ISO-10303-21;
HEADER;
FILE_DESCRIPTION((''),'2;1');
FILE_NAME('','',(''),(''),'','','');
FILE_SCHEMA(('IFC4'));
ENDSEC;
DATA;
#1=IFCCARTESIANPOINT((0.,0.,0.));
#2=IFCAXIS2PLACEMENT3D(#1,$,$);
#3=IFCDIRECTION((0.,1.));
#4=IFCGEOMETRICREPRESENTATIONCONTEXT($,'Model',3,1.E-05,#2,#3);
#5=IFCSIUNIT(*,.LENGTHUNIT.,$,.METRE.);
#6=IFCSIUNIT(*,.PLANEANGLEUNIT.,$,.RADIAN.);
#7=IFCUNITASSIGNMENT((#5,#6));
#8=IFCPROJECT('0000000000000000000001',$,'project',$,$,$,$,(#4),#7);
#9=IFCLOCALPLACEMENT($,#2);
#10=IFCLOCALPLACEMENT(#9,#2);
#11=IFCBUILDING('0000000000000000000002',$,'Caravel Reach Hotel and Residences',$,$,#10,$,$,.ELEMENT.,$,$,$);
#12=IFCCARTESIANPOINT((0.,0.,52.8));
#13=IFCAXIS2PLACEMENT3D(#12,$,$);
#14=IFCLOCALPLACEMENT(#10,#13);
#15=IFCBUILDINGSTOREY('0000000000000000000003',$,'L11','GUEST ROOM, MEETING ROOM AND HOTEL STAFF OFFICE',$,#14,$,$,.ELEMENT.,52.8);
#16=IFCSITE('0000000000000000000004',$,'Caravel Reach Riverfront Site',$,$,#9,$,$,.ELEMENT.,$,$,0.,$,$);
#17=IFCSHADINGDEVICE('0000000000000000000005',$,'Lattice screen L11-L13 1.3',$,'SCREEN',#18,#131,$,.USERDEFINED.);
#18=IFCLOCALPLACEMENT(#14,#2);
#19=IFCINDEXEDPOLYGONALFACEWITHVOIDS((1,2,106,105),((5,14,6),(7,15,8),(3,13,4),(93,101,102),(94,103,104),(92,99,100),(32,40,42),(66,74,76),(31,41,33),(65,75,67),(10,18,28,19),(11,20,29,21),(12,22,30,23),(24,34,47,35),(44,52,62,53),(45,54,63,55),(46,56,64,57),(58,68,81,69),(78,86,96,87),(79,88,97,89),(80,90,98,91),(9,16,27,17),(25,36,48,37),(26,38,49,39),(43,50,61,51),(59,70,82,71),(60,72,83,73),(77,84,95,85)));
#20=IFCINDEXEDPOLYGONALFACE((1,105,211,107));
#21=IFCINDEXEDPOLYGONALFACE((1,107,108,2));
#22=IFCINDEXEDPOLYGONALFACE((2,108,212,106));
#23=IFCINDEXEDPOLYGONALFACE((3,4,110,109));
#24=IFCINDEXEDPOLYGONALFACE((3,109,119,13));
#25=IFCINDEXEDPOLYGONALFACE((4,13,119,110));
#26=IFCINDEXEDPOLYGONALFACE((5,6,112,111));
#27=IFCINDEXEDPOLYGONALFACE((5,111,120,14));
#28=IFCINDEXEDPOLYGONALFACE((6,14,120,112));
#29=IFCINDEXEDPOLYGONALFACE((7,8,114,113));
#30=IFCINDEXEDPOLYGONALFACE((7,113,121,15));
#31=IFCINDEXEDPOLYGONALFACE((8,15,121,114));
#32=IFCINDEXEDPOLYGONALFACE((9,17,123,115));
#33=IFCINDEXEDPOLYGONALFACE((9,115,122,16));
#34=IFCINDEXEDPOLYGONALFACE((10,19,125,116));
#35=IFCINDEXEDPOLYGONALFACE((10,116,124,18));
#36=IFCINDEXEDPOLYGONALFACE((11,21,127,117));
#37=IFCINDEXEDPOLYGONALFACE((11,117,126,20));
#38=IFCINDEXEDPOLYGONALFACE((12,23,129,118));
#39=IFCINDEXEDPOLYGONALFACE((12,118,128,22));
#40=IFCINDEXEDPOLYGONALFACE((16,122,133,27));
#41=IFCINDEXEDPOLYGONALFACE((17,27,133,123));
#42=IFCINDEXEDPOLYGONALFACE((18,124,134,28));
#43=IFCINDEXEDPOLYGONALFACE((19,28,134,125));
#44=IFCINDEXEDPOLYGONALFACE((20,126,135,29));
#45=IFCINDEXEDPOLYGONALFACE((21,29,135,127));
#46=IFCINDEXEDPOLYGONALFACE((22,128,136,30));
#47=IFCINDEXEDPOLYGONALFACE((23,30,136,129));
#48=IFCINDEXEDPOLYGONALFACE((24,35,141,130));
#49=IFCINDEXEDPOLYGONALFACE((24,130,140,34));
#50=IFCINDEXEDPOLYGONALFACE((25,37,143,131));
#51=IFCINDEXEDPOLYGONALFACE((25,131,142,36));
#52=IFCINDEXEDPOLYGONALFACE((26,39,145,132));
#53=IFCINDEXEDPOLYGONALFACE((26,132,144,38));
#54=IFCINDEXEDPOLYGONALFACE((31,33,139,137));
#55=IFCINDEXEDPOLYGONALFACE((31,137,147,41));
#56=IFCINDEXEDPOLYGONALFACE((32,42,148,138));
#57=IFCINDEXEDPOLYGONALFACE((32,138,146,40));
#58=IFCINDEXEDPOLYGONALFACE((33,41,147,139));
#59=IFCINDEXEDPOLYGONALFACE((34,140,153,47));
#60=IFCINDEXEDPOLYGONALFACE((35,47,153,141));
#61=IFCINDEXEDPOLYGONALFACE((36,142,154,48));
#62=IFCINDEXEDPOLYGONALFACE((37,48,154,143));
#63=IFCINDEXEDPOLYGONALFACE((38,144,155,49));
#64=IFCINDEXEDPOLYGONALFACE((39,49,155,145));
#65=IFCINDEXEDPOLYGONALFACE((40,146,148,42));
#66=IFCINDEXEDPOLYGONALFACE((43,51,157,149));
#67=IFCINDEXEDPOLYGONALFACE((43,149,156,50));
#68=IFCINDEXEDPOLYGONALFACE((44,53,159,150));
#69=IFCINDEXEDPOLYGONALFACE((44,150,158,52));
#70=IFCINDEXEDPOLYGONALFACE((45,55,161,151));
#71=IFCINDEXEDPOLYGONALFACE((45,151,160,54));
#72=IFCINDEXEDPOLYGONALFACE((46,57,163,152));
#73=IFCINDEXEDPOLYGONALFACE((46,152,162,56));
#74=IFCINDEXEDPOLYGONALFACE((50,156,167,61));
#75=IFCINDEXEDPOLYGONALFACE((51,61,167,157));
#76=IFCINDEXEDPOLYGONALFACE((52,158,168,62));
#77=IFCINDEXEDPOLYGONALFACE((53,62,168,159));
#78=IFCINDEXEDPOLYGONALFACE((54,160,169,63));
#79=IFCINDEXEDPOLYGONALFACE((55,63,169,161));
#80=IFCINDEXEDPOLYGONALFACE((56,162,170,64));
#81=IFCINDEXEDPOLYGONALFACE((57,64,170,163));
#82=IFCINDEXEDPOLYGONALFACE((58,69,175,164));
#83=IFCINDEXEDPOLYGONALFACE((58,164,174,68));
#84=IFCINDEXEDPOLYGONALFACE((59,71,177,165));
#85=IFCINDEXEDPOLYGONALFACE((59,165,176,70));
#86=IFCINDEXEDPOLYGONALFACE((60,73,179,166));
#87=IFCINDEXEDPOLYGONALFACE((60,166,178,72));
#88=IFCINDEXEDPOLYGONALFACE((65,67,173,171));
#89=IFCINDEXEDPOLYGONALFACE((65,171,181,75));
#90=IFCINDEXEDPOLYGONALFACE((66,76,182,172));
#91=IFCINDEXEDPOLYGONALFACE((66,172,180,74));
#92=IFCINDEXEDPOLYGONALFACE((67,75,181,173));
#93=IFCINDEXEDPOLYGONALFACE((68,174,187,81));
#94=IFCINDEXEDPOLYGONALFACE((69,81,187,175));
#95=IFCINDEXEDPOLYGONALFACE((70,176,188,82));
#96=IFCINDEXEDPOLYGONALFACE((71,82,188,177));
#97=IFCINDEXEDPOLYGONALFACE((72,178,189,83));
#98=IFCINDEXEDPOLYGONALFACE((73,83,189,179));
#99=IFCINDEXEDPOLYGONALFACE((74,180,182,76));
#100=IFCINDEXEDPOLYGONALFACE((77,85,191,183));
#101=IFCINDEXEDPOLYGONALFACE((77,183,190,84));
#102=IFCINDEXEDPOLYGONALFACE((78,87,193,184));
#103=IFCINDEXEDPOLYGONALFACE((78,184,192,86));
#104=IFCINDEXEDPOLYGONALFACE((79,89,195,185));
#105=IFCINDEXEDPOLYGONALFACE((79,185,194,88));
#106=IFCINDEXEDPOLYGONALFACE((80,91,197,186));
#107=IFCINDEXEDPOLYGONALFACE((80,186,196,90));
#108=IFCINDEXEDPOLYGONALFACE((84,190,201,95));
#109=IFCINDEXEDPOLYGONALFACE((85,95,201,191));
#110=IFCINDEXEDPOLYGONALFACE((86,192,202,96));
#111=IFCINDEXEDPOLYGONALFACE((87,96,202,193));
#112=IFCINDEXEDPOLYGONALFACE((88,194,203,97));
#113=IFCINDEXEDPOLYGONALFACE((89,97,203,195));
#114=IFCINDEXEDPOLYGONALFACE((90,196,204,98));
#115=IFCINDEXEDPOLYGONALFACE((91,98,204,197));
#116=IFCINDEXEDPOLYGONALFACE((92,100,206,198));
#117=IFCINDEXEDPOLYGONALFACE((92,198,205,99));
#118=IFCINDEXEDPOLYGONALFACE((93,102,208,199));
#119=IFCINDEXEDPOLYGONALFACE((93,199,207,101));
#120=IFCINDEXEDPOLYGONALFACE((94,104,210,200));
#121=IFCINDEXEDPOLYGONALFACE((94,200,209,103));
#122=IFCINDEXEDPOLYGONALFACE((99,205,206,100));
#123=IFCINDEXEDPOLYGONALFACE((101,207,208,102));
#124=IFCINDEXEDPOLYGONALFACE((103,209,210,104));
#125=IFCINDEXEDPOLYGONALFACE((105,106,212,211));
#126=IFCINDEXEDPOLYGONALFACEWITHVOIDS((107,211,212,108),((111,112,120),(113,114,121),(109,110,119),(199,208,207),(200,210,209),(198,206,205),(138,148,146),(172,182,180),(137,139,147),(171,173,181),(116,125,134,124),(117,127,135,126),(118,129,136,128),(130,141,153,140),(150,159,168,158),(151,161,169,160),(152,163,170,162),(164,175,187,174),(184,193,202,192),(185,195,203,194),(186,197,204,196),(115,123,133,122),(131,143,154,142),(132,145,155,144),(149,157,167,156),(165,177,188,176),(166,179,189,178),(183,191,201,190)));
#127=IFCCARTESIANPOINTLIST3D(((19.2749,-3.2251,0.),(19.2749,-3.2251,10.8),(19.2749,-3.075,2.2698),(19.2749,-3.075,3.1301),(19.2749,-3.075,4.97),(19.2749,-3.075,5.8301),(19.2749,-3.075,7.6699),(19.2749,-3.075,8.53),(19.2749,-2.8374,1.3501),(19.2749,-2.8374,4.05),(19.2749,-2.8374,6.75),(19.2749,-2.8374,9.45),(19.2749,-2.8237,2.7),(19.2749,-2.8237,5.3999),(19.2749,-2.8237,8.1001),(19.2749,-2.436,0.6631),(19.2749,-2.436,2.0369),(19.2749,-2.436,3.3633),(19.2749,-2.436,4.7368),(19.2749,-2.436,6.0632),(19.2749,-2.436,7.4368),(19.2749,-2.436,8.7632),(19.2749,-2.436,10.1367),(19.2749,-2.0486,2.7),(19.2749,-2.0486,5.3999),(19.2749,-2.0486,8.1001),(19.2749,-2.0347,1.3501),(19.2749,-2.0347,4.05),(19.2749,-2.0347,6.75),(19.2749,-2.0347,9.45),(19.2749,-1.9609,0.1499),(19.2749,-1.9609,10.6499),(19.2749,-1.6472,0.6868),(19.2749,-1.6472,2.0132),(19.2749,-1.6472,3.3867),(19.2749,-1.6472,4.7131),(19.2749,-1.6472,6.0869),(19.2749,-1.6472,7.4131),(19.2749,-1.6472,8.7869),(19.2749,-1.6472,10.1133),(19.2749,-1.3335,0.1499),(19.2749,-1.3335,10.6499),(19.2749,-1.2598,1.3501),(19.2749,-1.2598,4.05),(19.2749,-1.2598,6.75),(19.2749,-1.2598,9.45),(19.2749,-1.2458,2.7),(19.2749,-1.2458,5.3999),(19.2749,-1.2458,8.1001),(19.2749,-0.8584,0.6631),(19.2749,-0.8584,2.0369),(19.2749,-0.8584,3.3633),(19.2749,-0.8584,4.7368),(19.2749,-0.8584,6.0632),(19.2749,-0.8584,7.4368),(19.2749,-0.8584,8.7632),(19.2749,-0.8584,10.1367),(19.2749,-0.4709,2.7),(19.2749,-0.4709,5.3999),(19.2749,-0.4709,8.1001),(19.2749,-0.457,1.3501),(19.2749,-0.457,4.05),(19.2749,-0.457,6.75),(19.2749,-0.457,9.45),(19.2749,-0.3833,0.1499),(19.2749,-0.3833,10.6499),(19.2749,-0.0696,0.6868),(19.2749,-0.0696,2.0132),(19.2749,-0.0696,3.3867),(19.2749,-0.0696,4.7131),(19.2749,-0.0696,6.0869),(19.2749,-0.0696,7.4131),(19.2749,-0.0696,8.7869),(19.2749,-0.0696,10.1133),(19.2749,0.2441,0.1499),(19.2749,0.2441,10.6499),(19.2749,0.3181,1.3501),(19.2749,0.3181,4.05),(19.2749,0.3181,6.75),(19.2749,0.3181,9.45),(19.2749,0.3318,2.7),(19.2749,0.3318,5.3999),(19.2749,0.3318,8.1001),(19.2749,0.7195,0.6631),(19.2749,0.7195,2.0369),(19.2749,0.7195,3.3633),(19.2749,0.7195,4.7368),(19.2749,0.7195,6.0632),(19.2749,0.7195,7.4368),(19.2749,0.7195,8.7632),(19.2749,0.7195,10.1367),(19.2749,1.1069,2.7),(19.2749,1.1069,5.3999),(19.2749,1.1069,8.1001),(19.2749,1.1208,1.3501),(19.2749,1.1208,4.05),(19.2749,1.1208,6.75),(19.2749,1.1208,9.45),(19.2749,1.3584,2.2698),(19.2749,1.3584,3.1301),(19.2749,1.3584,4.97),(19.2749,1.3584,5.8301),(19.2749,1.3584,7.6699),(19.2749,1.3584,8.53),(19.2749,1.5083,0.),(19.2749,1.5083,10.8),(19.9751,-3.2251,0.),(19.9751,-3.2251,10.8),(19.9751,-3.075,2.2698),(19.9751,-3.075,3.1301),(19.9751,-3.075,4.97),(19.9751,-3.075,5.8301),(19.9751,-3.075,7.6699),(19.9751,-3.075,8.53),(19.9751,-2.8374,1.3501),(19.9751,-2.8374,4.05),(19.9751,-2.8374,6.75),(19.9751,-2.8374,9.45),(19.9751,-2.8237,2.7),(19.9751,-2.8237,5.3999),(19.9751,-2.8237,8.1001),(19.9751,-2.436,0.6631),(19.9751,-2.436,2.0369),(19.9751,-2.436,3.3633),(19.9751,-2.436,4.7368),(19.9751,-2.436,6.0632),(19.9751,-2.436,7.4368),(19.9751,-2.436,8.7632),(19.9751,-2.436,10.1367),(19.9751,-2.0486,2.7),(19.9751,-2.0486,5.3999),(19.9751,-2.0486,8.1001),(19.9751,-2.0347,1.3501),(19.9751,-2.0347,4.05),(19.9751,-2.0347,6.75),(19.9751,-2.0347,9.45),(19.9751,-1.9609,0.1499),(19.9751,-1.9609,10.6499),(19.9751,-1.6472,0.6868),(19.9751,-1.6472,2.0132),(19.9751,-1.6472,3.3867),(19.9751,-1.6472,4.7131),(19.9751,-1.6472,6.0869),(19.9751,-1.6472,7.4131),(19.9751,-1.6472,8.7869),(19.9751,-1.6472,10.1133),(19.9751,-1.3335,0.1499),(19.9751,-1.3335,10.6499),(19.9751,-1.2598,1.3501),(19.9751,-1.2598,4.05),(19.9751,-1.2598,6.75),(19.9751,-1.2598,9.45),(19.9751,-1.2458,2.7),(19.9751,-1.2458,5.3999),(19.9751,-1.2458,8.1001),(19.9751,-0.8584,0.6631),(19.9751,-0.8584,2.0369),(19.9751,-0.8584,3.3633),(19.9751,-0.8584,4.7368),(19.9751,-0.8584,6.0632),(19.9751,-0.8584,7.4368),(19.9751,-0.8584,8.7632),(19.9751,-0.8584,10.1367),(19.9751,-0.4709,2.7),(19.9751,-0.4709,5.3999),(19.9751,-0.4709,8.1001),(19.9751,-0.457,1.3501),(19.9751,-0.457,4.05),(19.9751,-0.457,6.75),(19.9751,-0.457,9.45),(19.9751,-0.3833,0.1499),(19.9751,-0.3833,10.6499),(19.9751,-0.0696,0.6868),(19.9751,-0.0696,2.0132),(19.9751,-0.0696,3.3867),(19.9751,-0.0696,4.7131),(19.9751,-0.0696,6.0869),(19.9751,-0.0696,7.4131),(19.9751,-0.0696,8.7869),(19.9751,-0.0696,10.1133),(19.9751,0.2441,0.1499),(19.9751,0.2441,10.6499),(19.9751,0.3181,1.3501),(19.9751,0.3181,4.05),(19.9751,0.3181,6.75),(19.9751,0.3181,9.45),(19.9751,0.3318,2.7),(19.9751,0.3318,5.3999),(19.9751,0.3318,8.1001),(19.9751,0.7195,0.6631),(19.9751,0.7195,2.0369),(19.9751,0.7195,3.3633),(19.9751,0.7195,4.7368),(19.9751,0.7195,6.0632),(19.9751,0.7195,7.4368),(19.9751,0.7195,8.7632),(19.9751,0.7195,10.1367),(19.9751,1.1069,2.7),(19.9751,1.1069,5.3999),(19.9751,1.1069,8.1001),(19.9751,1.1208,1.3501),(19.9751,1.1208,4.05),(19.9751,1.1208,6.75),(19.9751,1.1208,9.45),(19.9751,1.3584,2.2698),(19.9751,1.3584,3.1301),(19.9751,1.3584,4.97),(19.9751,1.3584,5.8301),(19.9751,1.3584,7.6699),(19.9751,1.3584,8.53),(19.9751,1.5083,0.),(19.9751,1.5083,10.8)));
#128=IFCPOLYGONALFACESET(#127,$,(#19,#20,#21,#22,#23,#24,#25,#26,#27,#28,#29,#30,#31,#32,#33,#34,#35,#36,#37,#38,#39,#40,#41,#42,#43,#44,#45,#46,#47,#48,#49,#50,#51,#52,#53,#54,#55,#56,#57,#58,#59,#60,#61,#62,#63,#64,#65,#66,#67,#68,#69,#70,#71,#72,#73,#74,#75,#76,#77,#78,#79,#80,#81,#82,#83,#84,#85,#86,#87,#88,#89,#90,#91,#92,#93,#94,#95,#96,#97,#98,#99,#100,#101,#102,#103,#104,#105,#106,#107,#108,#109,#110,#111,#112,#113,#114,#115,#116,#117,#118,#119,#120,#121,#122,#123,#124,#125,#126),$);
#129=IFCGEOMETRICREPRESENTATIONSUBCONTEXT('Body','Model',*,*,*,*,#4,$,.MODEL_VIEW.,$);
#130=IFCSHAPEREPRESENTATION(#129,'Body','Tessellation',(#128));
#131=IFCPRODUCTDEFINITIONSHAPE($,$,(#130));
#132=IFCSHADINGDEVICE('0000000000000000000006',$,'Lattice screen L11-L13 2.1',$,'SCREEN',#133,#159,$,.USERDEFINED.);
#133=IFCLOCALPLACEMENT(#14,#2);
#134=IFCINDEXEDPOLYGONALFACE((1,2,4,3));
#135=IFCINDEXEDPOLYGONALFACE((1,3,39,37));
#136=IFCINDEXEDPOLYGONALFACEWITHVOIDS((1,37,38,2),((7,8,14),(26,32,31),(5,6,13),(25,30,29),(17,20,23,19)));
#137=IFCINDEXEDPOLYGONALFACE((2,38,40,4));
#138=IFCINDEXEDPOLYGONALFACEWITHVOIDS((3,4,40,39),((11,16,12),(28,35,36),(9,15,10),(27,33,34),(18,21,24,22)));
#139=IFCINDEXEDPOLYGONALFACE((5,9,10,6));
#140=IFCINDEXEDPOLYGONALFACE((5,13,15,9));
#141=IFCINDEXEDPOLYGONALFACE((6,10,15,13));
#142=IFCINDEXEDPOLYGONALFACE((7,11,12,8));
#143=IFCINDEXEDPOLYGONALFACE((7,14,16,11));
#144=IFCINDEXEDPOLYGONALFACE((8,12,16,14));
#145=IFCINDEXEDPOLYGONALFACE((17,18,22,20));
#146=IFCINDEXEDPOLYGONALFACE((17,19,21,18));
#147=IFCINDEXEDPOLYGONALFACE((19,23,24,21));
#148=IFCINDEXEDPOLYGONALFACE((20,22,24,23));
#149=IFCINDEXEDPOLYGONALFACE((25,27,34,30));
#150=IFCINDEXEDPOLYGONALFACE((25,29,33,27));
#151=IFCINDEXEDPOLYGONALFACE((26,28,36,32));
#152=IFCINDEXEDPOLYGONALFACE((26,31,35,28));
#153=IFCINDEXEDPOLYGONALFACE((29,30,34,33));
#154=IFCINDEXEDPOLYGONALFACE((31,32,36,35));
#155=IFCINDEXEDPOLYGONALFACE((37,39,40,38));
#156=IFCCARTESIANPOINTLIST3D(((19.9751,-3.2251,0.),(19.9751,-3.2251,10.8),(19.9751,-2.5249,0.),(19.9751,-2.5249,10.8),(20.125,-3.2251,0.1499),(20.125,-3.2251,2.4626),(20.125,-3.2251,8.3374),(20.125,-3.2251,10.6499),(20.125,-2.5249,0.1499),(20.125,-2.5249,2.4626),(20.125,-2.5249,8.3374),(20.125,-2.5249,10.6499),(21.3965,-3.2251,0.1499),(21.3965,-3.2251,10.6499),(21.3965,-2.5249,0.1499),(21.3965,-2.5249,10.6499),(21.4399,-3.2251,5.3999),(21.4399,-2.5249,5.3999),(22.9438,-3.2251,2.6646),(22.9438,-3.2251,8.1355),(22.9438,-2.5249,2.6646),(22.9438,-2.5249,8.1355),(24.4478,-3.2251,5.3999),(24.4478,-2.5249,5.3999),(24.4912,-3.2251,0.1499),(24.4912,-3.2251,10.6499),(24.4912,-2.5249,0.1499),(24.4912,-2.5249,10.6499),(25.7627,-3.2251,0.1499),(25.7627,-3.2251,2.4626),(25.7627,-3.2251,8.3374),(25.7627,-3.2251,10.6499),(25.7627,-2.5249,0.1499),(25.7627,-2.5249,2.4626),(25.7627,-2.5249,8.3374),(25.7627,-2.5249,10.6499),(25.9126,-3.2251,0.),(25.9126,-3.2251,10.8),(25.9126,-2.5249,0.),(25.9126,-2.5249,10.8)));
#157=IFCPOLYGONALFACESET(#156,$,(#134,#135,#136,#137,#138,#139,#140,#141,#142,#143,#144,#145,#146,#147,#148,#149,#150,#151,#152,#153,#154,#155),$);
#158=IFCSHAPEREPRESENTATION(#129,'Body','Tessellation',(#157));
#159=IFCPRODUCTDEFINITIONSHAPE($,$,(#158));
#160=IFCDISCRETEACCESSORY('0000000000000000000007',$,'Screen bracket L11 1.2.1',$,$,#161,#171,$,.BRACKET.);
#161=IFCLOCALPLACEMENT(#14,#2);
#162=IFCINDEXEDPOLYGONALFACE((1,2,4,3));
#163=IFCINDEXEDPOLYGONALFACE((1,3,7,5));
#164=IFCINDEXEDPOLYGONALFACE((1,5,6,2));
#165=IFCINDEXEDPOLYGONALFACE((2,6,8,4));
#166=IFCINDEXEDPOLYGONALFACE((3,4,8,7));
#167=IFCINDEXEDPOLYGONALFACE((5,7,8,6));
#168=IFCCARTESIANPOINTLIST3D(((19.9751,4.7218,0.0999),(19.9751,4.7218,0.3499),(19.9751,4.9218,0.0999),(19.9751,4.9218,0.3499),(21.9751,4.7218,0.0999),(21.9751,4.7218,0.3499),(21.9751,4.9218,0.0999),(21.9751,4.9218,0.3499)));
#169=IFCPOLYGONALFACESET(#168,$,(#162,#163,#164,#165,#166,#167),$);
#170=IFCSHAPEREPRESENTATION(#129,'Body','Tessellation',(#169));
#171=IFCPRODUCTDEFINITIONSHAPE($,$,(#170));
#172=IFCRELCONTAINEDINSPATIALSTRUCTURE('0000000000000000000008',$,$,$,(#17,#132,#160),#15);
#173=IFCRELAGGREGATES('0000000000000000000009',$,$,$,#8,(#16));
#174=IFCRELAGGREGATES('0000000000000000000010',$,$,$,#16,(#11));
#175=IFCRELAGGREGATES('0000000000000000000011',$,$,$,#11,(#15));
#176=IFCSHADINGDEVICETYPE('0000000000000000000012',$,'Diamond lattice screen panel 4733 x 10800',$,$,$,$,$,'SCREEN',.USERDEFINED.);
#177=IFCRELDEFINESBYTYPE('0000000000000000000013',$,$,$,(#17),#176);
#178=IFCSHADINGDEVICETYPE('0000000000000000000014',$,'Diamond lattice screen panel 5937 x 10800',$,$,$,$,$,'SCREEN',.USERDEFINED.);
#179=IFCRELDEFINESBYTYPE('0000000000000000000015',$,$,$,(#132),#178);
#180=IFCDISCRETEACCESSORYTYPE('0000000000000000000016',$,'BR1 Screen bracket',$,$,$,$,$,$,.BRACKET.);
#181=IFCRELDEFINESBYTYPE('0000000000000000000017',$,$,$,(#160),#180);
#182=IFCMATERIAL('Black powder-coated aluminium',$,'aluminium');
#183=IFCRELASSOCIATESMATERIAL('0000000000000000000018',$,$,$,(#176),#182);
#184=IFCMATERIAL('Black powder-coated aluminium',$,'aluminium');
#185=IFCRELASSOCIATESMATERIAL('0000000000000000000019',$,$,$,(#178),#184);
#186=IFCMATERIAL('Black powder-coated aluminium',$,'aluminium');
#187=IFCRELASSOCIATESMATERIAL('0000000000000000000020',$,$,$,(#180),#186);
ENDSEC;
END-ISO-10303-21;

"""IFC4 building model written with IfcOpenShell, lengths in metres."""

from ifc_helpers import new_model, si_unit, direction, frame, origin, origin_2d, place, context, subcontext, project, spatial, polyline, rectangle, outline, extrude, material, type_object, element, save


model = new_model("IFC4")

# Units and contexts
model_context = context("Model", 3, precision=1e-05, world=origin(), true_north=direction((0.0, 1.0)))
body_context = subcontext(model_context, "Body", "Model", "MODEL_VIEW")
ifc_project = project(units=[si_unit("LENGTHUNIT", "METRE"), si_unit("PLANEANGLEUNIT", "RADIAN")], contexts=[model_context])

# Site, building, storey
site_placement = place(None, origin())
site = spatial("IfcSite", under=ifc_project, at=site_placement, Name="Caravel Reach Riverfront Site", CompositionType="ELEMENT", RefElevation=0.0)
building_placement = place(site_placement, origin())
building = spatial("IfcBuilding", under=site, at=building_placement, Name="Caravel Reach Hotel and Residences", CompositionType="ELEMENT")
storey_placement = place(building_placement, frame((0.0, 0.0, 52.8)))
storey = spatial("IfcBuildingStorey", under=building, at=storey_placement, Name="L11", Description="GUEST ROOM, MEETING ROOM AND HOTEL STAFF OFFICE", CompositionType="ELEMENT", Elevation=52.8)

# Shading devices
ifc_material_1 = material(Name="Black powder-coated aluminium", Category="aluminium")
shading_device_type_1 = type_object("IfcShadingDeviceType", Name="Diamond lattice screen panel 4733 x 10800", ElementType="SCREEN", PredefinedType="USERDEFINED", material=ifc_material_1)
shading_device_1_placement = place(storey_placement, frame((19.9751, 1.5083, 0.0), z_axis=(-1.0, 0.0, 0.0), x_axis=(0.0, -1.0, 0.0)))
element("IfcShadingDevice", 1, at=shading_device_1_placement, inside=storey, type_object=shading_device_type_1, Name="Lattice screen L11-L13 1.3", ObjectType="SCREEN", PredefinedType="USERDEFINED", context=body_context, shape_type="SweptSolid", body=[
    extrude(outline(polyline([(0.0, 0.0), (4.7334, 0.0), (4.7334, 10.8), (0.0, 10.8), (0.0, 0.0)]), holes=[polyline([(0.4014, 2.7), (0.1499, 3.1301), (0.1499, 2.2698), (0.4014, 2.7)]), polyline([(0.4014, 5.3999), (0.1499, 5.8301), (0.1499, 4.97), (0.4014, 5.3999)]), polyline([(0.4014, 8.1001), (0.1499, 8.53), (0.1499, 7.6699), (0.4014, 8.1001)]), polyline([(0.7888, 2.0369), (0.3875, 1.3501), (0.7888, 0.6631), (1.1902, 1.3501), (0.7888, 2.0369)]), polyline([(0.7888, 4.7368), (0.3875, 4.05), (0.7888, 3.3633), (1.1902, 4.05), (0.7888, 4.7368)]), polyline([(0.7888, 7.4368), (0.3875, 6.75), (0.7888, 6.0632), (1.1902, 6.75), (0.7888, 7.4368)]), polyline([(0.7888, 10.1367), (0.3875, 9.45), (0.7888, 8.7632), (1.1902, 9.45), (0.7888, 10.1367)]), polyline([(1.5779, 0.6868), (1.2642, 0.1499), (1.8916, 0.1499), (1.5779, 0.6868)]), polyline([(1.5779, 3.3867), (1.1765, 2.7), (1.5779, 2.0132), (1.9792, 2.7), (1.5779, 3.3867)]), polyline([(1.5779, 6.0869), (1.1765, 5.3999), (1.5779, 4.7131), (1.9792, 5.3999), (1.5779, 6.0869)]), polyline([(1.5779, 8.7869), (1.1765, 8.1001), (1.5779, 7.4131), (1.9792, 8.1001), (1.5779, 8.7869)]), polyline([(1.5779, 10.1133), (1.8916, 10.6499), (1.2642, 10.6499), (1.5779, 10.1133)]), polyline([(2.3667, 2.0369), (1.9653, 1.3501), (2.3667, 0.6631), (2.7681, 1.3501), (2.3667, 2.0369)]), polyline([(2.3667, 4.7368), (1.9653, 4.05), (2.3667, 3.3633), (2.7681, 4.05), (2.3667, 4.7368)]), polyline([(2.3667, 7.4368), (1.9653, 6.75), (2.3667, 6.0632), (2.7681, 6.75), (2.3667, 7.4368)]), polyline([(2.3667, 10.1367), (1.9653, 9.45), (2.3667, 8.7632), (2.7681, 9.45), (2.3667, 10.1367)]), polyline([(3.1555, 0.6868), (2.8418, 0.1499), (3.4692, 0.1499), (3.1555, 0.6868)]), polyline([(3.1555, 3.3867), (2.7542, 2.7), (3.1555, 2.0132), (3.5569, 2.7), (3.1555, 3.3867)]), polyline([(3.1555, 6.0869), (2.7542, 5.3999), (3.1555, 4.7131), (3.5569, 5.3999), (3.1555, 6.0869)]), polyline([(3.1555, 8.7869), (2.7542, 8.1001), (3.1555, 7.4131), (3.5569, 8.1001), (3.1555, 8.7869)]), polyline([(3.1555, 10.1133), (3.4692, 10.6499), (2.8418, 10.6499), (3.1555, 10.1133)]), polyline([(3.9443, 2.0369), (3.543, 1.3501), (3.9443, 0.6631), (4.3457, 1.3501), (3.9443, 2.0369)]), polyline([(3.9443, 4.7368), (3.543, 4.05), (3.9443, 3.3633), (4.3457, 4.05), (3.9443, 4.7368)]), polyline([(3.9443, 7.4368), (3.543, 6.75), (3.9443, 6.0632), (4.3457, 6.75), (3.9443, 7.4368)]), polyline([(3.9443, 10.1367), (3.543, 9.45), (3.9443, 8.7632), (4.3457, 9.45), (3.9443, 10.1367)]), polyline([(4.332, 2.7), (4.5833, 2.2698), (4.5833, 3.1301), (4.332, 2.7)]), polyline([(4.332, 5.3999), (4.5833, 4.97), (4.5833, 5.8301), (4.332, 5.3999)]), polyline([(4.332, 8.1001), (4.5833, 7.6699), (4.5833, 8.53), (4.332, 8.1001)])]), origin(), (0.0, 0.0, 1.0), 0.7002),
])
ifc_material_2 = material(Name="Black powder-coated aluminium", Category="aluminium")
shading_device_type_2 = type_object("IfcShadingDeviceType", Name="Diamond lattice screen panel 5937 x 10800", ElementType="SCREEN", PredefinedType="USERDEFINED", material=ifc_material_2)
shading_device_2_placement = place(storey_placement, frame((19.9751, -2.5249, 0.0), z_axis=(0.0, -1.0, 0.0), x_axis=(1.0, 0.0, 0.0)))
element("IfcShadingDevice", 2, at=shading_device_2_placement, inside=storey, type_object=shading_device_type_2, Name="Lattice screen L11-L13 2.1", ObjectType="SCREEN", PredefinedType="USERDEFINED", context=body_context, shape_type="SweptSolid", body=[
    extrude(outline(polyline([(0.0, 0.0), (5.9375, 0.0), (5.9375, 10.8), (0.0, 10.8), (0.0, 0.0)]), holes=[polyline([(1.4214, 0.1499), (0.1499, 2.4626), (0.1499, 0.1499), (1.4214, 0.1499)]), polyline([(0.1499, 8.3374), (1.4214, 10.6499), (0.1499, 10.6499), (0.1499, 8.3374)]), polyline([(2.9688, 8.1355), (1.4648, 5.3999), (2.9688, 2.6646), (4.4727, 5.3999), (2.9688, 8.1355)]), polyline([(5.7876, 2.4626), (4.5161, 0.1499), (5.7876, 0.1499), (5.7876, 2.4626)]), polyline([(4.5161, 10.6499), (5.7876, 8.3374), (5.7876, 10.6499), (4.5161, 10.6499)])]), origin(), (0.0, 0.0, 1.0), 0.7002),
])

# Discrete accessory
ifc_material_3 = material(Name="Black powder-coated aluminium", Category="aluminium")
discrete_accessory_type = type_object("IfcDiscreteAccessoryType", Name="BR1 Screen bracket", PredefinedType="BRACKET", material=ifc_material_3)
discrete_accessory_placement = place(storey_placement, frame((20.9751, 4.8218, 0.0999), z_axis=(0.0, 0.0, 1.0), x_axis=(-1.0, 0.0, 0.0)))
element("IfcDiscreteAccessory", 3, at=discrete_accessory_placement, inside=storey, type_object=discrete_accessory_type, Name="Screen bracket L11 1.2.1", PredefinedType="BRACKET", context=body_context, shape_type="SweptSolid", body=[
    extrude(rectangle(XDim=2.0, YDim=0.2, at=origin_2d()), origin(), (0.0, 0.0, 1.0), 0.25),
])

save(model, "model.ifc")
